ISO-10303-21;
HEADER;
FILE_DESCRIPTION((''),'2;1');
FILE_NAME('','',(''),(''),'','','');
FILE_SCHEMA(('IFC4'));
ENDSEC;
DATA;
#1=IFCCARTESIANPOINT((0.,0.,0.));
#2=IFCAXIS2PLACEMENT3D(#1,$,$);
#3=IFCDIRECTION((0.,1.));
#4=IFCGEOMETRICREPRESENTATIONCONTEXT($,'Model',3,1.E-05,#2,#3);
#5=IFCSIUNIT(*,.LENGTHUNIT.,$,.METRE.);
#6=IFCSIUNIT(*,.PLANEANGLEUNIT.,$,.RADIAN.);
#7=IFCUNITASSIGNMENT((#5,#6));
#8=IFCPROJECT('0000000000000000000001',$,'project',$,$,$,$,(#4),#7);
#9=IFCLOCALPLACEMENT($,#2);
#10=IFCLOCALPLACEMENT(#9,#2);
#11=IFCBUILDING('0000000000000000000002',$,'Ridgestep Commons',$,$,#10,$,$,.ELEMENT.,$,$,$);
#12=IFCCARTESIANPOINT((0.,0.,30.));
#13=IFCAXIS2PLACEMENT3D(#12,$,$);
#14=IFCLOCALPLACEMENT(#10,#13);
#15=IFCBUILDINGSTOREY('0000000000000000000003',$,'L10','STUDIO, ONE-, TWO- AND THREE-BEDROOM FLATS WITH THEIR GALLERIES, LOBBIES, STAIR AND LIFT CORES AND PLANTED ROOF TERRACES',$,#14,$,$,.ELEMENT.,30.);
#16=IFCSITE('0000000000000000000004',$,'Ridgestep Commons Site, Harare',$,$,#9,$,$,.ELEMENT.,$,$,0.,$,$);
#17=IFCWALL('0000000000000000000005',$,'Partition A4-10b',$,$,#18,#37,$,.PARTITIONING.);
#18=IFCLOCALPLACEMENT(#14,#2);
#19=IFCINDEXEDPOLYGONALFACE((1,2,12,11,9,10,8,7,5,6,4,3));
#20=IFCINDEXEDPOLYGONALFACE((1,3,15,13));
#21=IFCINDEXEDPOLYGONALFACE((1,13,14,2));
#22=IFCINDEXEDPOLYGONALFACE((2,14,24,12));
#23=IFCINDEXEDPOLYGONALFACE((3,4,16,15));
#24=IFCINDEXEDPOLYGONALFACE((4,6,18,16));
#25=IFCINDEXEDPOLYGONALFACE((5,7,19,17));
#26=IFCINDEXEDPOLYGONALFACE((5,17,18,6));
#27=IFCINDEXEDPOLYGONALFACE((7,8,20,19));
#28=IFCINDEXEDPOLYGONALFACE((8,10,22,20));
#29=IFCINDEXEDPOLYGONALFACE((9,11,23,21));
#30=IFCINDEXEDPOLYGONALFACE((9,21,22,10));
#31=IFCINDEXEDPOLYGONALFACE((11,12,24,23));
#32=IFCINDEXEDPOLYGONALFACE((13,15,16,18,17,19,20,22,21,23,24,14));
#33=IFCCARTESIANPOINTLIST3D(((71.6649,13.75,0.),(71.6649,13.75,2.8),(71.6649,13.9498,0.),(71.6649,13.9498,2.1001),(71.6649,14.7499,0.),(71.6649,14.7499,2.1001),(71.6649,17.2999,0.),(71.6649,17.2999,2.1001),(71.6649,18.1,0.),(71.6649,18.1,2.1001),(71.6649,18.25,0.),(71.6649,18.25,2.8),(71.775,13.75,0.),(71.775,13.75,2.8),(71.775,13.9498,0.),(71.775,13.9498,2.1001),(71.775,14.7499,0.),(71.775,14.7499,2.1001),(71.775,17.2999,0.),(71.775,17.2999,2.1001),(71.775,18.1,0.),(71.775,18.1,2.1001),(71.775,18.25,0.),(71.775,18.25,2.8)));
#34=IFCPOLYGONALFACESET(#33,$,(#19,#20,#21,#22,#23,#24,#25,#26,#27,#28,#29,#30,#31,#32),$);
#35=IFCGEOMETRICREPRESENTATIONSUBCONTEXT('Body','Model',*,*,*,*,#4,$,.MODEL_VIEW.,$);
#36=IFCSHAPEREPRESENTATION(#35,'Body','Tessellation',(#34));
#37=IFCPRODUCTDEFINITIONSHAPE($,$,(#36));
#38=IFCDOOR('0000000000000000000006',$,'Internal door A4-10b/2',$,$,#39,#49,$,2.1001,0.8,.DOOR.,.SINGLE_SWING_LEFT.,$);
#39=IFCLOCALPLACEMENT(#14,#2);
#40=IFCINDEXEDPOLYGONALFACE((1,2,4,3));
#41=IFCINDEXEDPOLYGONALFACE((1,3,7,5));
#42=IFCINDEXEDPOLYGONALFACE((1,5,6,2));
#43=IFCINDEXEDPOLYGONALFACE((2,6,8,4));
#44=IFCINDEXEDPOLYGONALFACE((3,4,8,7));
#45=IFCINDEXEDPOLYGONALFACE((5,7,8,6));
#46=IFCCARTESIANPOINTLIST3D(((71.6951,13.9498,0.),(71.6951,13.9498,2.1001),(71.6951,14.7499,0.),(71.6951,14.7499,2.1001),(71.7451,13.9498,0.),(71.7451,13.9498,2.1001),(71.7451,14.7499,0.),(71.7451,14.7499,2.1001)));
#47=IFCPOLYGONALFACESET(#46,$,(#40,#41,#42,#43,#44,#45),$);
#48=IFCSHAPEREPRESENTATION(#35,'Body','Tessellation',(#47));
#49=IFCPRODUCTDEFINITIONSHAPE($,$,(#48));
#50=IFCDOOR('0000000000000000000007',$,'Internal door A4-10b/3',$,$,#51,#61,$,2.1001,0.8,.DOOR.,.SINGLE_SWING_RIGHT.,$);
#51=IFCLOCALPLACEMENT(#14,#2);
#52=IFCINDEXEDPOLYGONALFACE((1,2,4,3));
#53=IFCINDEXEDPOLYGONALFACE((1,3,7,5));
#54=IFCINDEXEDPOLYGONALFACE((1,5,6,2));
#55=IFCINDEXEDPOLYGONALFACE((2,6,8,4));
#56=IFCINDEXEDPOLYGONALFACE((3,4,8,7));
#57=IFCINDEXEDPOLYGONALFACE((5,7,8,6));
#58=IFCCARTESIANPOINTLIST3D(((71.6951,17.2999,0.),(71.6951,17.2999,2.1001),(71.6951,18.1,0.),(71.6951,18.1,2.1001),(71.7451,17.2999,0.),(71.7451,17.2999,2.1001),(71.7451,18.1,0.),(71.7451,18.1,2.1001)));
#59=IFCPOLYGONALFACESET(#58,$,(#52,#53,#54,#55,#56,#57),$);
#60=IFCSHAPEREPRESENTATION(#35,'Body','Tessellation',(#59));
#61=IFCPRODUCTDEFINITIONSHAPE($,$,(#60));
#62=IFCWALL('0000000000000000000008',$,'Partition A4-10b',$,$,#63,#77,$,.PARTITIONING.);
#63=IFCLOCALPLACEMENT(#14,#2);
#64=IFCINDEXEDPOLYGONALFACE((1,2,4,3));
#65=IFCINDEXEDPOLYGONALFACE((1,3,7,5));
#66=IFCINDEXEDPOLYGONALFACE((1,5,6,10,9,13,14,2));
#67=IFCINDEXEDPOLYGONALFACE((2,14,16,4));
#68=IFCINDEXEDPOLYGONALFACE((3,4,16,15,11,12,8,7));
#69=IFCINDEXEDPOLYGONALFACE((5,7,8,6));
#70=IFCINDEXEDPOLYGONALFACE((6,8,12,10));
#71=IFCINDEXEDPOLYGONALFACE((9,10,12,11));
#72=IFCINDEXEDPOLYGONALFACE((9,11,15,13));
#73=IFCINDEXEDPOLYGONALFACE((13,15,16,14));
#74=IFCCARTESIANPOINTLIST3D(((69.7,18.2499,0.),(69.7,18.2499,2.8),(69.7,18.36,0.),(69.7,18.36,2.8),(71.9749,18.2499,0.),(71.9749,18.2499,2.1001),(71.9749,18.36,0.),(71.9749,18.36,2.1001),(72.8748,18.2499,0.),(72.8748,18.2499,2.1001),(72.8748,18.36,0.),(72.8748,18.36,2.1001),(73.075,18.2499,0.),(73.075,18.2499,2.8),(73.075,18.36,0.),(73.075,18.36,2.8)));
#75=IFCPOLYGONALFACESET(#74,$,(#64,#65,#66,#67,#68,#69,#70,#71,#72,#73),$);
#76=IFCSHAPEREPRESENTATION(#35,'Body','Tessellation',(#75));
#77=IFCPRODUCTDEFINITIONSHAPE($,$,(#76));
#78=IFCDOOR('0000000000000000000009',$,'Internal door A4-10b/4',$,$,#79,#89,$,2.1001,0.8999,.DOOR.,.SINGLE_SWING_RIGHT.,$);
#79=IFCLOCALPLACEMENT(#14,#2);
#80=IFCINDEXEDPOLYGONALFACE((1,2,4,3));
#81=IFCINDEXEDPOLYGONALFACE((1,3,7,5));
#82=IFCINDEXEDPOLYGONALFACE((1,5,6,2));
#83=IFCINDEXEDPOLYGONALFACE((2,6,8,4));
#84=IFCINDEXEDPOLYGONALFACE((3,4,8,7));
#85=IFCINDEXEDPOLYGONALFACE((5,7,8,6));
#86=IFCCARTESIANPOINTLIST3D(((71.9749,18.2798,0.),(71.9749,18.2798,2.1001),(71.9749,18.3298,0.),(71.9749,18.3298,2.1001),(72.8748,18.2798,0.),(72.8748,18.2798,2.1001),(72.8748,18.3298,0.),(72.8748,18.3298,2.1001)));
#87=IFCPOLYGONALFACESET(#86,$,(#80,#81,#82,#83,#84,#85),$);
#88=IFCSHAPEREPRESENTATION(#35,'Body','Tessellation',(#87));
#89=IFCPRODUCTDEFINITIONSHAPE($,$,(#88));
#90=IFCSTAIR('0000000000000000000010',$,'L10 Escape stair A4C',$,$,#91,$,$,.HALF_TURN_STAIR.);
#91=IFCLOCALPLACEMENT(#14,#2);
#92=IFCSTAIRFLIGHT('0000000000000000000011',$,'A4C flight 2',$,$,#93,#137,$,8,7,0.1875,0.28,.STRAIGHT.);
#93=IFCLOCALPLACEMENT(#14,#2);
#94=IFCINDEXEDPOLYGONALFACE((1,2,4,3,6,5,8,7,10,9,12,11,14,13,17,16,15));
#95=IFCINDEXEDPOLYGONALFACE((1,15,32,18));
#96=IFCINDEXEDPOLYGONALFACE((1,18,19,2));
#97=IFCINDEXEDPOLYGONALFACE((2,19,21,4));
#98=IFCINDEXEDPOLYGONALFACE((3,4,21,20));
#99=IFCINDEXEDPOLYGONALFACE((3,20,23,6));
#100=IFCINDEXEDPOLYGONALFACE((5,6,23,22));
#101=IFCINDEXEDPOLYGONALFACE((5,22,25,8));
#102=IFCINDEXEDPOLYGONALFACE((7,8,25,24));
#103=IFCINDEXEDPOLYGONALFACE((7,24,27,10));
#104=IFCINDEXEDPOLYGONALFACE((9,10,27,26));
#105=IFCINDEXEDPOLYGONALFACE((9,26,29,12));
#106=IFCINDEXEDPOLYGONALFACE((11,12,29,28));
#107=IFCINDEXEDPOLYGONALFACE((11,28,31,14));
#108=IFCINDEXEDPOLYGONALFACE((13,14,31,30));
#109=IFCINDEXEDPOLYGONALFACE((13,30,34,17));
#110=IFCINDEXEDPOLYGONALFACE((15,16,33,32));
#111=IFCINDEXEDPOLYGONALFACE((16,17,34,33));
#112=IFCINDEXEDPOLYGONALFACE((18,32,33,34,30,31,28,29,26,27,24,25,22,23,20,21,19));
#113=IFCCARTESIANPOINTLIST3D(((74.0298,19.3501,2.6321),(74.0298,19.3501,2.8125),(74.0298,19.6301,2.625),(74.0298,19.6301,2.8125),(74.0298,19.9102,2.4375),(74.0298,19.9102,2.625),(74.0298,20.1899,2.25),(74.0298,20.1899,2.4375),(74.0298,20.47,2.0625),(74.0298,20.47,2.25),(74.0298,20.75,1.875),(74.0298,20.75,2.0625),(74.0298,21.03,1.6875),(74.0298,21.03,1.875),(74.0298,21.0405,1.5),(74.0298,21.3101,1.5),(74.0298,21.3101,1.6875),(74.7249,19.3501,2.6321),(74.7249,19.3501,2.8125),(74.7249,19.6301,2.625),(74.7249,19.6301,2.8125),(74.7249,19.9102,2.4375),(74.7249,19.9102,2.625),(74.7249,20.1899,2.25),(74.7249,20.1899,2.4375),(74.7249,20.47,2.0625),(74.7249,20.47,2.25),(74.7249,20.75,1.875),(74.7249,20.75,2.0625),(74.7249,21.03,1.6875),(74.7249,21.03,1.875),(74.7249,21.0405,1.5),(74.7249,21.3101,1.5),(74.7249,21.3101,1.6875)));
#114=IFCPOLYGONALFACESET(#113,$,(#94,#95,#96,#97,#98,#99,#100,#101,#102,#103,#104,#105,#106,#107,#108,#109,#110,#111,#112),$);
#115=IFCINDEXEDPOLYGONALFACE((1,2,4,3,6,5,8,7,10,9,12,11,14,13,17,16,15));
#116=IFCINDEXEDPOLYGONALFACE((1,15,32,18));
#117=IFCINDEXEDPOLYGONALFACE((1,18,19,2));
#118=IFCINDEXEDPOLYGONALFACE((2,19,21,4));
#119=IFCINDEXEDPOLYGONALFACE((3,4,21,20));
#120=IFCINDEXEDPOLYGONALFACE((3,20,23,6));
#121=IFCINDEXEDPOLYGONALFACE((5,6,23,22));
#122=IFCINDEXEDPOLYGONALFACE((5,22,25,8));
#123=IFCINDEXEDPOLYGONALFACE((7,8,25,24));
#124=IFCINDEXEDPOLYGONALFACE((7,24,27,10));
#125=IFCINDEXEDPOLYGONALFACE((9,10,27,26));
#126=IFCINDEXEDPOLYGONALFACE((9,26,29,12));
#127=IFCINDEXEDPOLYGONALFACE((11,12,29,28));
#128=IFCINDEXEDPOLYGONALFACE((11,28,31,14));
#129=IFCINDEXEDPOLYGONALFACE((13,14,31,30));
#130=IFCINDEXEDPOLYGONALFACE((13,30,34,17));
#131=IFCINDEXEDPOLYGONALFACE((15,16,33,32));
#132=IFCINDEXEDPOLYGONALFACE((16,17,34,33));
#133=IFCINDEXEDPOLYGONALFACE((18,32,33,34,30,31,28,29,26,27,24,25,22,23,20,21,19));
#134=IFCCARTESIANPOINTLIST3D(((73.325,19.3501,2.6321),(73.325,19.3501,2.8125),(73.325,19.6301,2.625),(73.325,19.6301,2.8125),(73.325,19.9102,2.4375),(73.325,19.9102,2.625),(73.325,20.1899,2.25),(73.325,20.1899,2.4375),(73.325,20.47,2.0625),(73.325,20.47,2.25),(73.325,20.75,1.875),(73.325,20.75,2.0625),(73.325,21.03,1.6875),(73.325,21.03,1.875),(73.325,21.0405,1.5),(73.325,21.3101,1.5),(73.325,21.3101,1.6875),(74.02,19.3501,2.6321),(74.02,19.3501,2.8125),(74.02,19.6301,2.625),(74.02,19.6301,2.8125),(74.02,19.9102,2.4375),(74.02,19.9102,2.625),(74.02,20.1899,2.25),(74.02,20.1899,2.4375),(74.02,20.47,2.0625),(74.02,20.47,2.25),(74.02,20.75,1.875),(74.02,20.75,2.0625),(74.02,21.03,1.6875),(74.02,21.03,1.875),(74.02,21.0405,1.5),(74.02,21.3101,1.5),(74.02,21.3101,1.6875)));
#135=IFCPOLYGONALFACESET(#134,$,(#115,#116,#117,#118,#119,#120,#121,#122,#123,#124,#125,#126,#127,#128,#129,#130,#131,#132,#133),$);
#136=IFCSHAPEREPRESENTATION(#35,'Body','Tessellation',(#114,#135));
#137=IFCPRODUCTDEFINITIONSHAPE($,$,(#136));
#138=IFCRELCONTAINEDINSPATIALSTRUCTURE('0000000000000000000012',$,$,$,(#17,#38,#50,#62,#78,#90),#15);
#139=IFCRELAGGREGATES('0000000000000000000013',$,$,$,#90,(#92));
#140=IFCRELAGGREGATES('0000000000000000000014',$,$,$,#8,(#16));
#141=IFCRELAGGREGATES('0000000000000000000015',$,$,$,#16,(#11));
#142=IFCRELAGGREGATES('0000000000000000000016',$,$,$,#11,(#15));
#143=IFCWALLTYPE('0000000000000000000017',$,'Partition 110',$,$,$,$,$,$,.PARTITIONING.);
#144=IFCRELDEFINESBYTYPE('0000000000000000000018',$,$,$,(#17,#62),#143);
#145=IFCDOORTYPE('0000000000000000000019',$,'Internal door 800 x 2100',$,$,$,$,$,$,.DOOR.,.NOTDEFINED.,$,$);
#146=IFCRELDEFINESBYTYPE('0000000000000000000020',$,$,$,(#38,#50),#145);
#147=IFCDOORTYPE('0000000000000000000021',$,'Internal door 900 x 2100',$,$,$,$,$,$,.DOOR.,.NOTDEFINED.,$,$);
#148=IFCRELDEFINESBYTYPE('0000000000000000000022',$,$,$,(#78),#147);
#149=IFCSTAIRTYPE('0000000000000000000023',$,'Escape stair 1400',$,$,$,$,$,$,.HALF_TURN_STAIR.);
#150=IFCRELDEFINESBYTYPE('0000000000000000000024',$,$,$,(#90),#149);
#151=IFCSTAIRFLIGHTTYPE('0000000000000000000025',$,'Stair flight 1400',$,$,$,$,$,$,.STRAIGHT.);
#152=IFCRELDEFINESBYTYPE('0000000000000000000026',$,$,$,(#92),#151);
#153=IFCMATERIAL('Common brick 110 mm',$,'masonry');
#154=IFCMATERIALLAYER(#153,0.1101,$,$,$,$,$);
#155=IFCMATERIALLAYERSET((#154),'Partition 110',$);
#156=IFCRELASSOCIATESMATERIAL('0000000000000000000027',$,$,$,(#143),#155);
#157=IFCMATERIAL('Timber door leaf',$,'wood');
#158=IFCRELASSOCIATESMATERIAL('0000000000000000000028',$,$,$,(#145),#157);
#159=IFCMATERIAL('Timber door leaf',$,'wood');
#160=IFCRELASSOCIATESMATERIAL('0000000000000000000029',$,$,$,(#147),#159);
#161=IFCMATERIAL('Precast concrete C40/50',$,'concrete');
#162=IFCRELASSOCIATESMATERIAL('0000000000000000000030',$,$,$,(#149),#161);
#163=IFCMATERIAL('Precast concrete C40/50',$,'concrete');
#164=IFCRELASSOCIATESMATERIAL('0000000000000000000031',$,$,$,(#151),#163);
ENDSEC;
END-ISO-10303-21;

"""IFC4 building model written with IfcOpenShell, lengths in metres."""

from ifc_helpers import new_model, si_unit, direction, frame, frame_2d, origin, place, context, subcontext, project, spatial, polyline, rectangle, outline, extrude, material, layer, layer_set, type_object, element, fill, aggregate, save


model = new_model("IFC4")

# Units and contexts
model_context = context("Model", 3, precision=1e-05, world=origin(), true_north=direction((0.0, 1.0)))
body_context = subcontext(model_context, "Body", "Model", "MODEL_VIEW")
ifc_project = project(units=[si_unit("LENGTHUNIT", "METRE"), si_unit("PLANEANGLEUNIT", "RADIAN")], contexts=[model_context])

# Site, building, storey
site_placement = place(None, origin())
site = spatial("IfcSite", under=ifc_project, at=site_placement, Name="Ridgestep Commons Site, Harare", CompositionType="ELEMENT", RefElevation=0.0)
building_placement = place(site_placement, origin())
building = spatial("IfcBuilding", under=site, at=building_placement, Name="Ridgestep Commons", CompositionType="ELEMENT")
storey_placement = place(building_placement, frame((0.0, 0.0, 30.0)))
storey = spatial("IfcBuildingStorey", under=building, at=storey_placement, Name="L10", Description="STUDIO, ONE-, TWO- AND THREE-BEDROOM FLATS WITH THEIR GALLERIES, LOBBIES, STAIR AND LIFT CORES AND PLANTED ROOF TERRACES", CompositionType="ELEMENT", Elevation=30.0)

# Shared definitions
ifc_material_1 = material(Name="Common brick 110 mm", Category="masonry")
ifc_layer_1 = layer(ifc_material_1, 0.1101)
ifc_layer_set_1 = layer_set([ifc_layer_1], Name="Partition 110")
wall_type_1 = type_object("IfcWallType", Name="Partition 110", PredefinedType="PARTITIONING", material=ifc_layer_set_1)

# Wall, openings, doors
wall_1_placement = place(storey_placement, frame((71.72, 13.75, 0.0), z_axis=(0.0, 0.0, 1.0), x_axis=(0.0, 1.0, 0.0)))
wall_1 = element("IfcWall", 1, at=wall_1_placement, inside=storey, type_object=wall_type_1, Name="Partition A4-10b", PredefinedType="PARTITIONING", context=body_context, shape_type="SweptSolid", body=[
    extrude(rectangle(XDim=4.5, YDim=0.1101, at=frame_2d((2.25, 0.0))), origin(), (0.0, 0.0, 1.0), 2.8),
])
opening_1_placement = place(wall_1_placement, frame((0.2, 0.0, 0.0)))
opening_1 = element("IfcOpeningElement", 2, at=opening_1_placement, cuts=wall_1, PredefinedType="OPENING", context=body_context, shape_type="SweptSolid", body=[
    extrude(rectangle(XDim=0.8, YDim=2.1001, at=frame_2d((0.3999, 1.05))), frame((0.0, 0.0649, 0.0), z_axis=(0.0, -1.0, 0.0), x_axis=(1.0, 0.0, 0.0)), (0.0, 0.0, 1.0), 0.1301),
])
opening_2_placement = place(wall_1_placement, frame((3.55, 0.0, 0.0)))
opening_2 = element("IfcOpeningElement", 3, at=opening_2_placement, cuts=wall_1, PredefinedType="OPENING", context=body_context, shape_type="SweptSolid", body=[
    extrude(rectangle(XDim=0.8, YDim=2.1001, at=frame_2d((0.3999, 1.05))), frame((0.0, 0.0649, 0.0), z_axis=(0.0, -1.0, 0.0), x_axis=(1.0, 0.0, 0.0)), (0.0, 0.0, 1.0), 0.1301),
])
ifc_material_2 = material(Name="Timber door leaf", Category="wood")
door_type_1 = type_object("IfcDoorType", Name="Internal door 800 x 2100", OperationType="NOTDEFINED", PredefinedType="DOOR", material=ifc_material_2)
door_1_placement = place(opening_1_placement, origin())
door_1 = element("IfcDoor", 4, at=door_1_placement, inside=storey, type_object=door_type_1, Name="Internal door A4-10b/2", OperationType="SINGLE_SWING_LEFT", OverallHeight=2.1001, OverallWidth=0.8, PredefinedType="DOOR", context=body_context, shape_type="SweptSolid", body=[
    extrude(rectangle(XDim=0.8, YDim=2.1001, at=frame_2d((0.3999, 1.05))), frame((0.0, 0.0249, 0.0), z_axis=(0.0, -1.0, 0.0), x_axis=(1.0, 0.0, 0.0)), (0.0, 0.0, 1.0), 0.05),
])
fill(opening_1, door_1)
door_2_placement = place(opening_2_placement, origin())
door_2 = element("IfcDoor", 5, at=door_2_placement, inside=storey, type_object=door_type_1, Name="Internal door A4-10b/3", OperationType="SINGLE_SWING_RIGHT", OverallHeight=2.1001, OverallWidth=0.8, PredefinedType="DOOR", context=body_context, shape_type="SweptSolid", body=[
    extrude(rectangle(XDim=0.8, YDim=2.1001, at=frame_2d((0.3999, 1.05))), frame((0.0, 0.0249, 0.0), z_axis=(0.0, -1.0, 0.0), x_axis=(1.0, 0.0, 0.0)), (0.0, 0.0, 1.0), 0.05),
])
fill(opening_2, door_2)

# Wall, opening, door
wall_2_placement = place(storey_placement, frame((69.7, 18.3049, 0.0), z_axis=(0.0, 0.0, 1.0), x_axis=(1.0, 0.0, 0.0)))
wall_2 = element("IfcWall", 6, at=wall_2_placement, inside=storey, type_object=wall_type_1, Name="Partition A4-10b", PredefinedType="PARTITIONING", context=body_context, shape_type="SweptSolid", body=[
    extrude(rectangle(XDim=3.375, YDim=0.1101, at=frame_2d((1.6875, 0.0))), origin(), (0.0, 0.0, 1.0), 2.8),
])
opening_3_placement = place(wall_2_placement, frame((2.2749, 0.0, 0.0)))
opening_3 = element("IfcOpeningElement", 7, at=opening_3_placement, cuts=wall_2, PredefinedType="OPENING", context=body_context, shape_type="SweptSolid", body=[
    extrude(rectangle(XDim=0.8999, YDim=2.1001, at=frame_2d((0.45, 1.05))), frame((0.0, 0.0649, 0.0), z_axis=(0.0, -1.0, 0.0), x_axis=(1.0, 0.0, 0.0)), (0.0, 0.0, 1.0), 0.1301),
])
ifc_material_3 = material(Name="Timber door leaf", Category="wood")
door_type_2 = type_object("IfcDoorType", Name="Internal door 900 x 2100", OperationType="NOTDEFINED", PredefinedType="DOOR", material=ifc_material_3)
door_3_placement = place(opening_3_placement, origin())
door_3 = element("IfcDoor", 8, at=door_3_placement, inside=storey, type_object=door_type_2, Name="Internal door A4-10b/4", OperationType="SINGLE_SWING_RIGHT", OverallHeight=2.1001, OverallWidth=0.8999, PredefinedType="DOOR", context=body_context, shape_type="SweptSolid", body=[
    extrude(rectangle(XDim=0.8999, YDim=2.1001, at=frame_2d((0.45, 1.05))), frame((0.0, 0.0249, 0.0), z_axis=(0.0, -1.0, 0.0), x_axis=(1.0, 0.0, 0.0)), (0.0, 0.0, 1.0), 0.05),
])
fill(opening_3, door_3)

# Stair, stair flight
ifc_material_4 = material(Name="Precast concrete C40/50", Category="concrete")
stair_type = type_object("IfcStairType", Name="Escape stair 1400", PredefinedType="HALF_TURN_STAIR", material=ifc_material_4)
stair_placement = place(storey_placement, origin())
stair = element("IfcStair", 9, at=stair_placement, inside=storey, type_object=stair_type, Name="L10 Escape stair A4C", PredefinedType="HALF_TURN_STAIR")
ifc_material_5 = material(Name="Precast concrete C40/50", Category="concrete")
stair_flight_type = type_object("IfcStairFlightType", Name="Stair flight 1400", PredefinedType="STRAIGHT", material=ifc_material_5)
stair_flight_placement = place(storey_placement, frame((74.0249, 21.3101, 1.5), z_axis=(0.0, 0.0, 1.0), x_axis=(0.0, -1.0, 0.0)))
stair_flight = element("IfcStairFlight", 10, at=stair_flight_placement, type_object=stair_flight_type, Name="A4C flight 2", NumberOfRisers=8, NumberOfTreads=7, PredefinedType="STRAIGHT", RiserHeight=0.1875, TreadLength=0.28, context=body_context, shape_type="SweptSolid", body=[
    extrude(outline(polyline([(0.0, 0.0), (0.0, 0.1875), (0.28, 0.1875), (0.28, 0.375), (0.5601, 0.375), (0.5601, 0.5625), (0.8401, 0.5625), (0.8401, 0.75), (1.1201, 0.75), (1.1201, 0.9375), (1.3999, 0.9375), (1.3999, 1.125), (1.6799, 1.125), (1.6799, 1.3125), (1.96, 1.3125), (1.96, 1.5), (1.96, 1.1321), (0.2695, 0.0), (0.0, 0.0)])), frame((0.0, 0.7, 0.0), z_axis=(0.0, -1.0, 0.0), x_axis=(1.0, 0.0, 0.0)), (0.0, 0.0, 1.0), 0.6951),
    extrude(outline(polyline([(0.0, 0.0), (0.0, 0.1875), (0.28, 0.1875), (0.28, 0.375), (0.5601, 0.375), (0.5601, 0.5625), (0.8401, 0.5625), (0.8401, 0.75), (1.1201, 0.75), (1.1201, 0.9375), (1.3999, 0.9375), (1.3999, 1.125), (1.6799, 1.125), (1.6799, 1.3125), (1.96, 1.3125), (1.96, 1.5), (1.96, 1.1321), (0.2695, 0.0), (0.0, 0.0)])), frame((0.0, -0.0049, 0.0), z_axis=(0.0, -1.0, 0.0), x_axis=(1.0, 0.0, 0.0)), (0.0, 0.0, 1.0), 0.6951),
])
aggregate(stair, [stair_flight])

save(model, "model.ifc")
